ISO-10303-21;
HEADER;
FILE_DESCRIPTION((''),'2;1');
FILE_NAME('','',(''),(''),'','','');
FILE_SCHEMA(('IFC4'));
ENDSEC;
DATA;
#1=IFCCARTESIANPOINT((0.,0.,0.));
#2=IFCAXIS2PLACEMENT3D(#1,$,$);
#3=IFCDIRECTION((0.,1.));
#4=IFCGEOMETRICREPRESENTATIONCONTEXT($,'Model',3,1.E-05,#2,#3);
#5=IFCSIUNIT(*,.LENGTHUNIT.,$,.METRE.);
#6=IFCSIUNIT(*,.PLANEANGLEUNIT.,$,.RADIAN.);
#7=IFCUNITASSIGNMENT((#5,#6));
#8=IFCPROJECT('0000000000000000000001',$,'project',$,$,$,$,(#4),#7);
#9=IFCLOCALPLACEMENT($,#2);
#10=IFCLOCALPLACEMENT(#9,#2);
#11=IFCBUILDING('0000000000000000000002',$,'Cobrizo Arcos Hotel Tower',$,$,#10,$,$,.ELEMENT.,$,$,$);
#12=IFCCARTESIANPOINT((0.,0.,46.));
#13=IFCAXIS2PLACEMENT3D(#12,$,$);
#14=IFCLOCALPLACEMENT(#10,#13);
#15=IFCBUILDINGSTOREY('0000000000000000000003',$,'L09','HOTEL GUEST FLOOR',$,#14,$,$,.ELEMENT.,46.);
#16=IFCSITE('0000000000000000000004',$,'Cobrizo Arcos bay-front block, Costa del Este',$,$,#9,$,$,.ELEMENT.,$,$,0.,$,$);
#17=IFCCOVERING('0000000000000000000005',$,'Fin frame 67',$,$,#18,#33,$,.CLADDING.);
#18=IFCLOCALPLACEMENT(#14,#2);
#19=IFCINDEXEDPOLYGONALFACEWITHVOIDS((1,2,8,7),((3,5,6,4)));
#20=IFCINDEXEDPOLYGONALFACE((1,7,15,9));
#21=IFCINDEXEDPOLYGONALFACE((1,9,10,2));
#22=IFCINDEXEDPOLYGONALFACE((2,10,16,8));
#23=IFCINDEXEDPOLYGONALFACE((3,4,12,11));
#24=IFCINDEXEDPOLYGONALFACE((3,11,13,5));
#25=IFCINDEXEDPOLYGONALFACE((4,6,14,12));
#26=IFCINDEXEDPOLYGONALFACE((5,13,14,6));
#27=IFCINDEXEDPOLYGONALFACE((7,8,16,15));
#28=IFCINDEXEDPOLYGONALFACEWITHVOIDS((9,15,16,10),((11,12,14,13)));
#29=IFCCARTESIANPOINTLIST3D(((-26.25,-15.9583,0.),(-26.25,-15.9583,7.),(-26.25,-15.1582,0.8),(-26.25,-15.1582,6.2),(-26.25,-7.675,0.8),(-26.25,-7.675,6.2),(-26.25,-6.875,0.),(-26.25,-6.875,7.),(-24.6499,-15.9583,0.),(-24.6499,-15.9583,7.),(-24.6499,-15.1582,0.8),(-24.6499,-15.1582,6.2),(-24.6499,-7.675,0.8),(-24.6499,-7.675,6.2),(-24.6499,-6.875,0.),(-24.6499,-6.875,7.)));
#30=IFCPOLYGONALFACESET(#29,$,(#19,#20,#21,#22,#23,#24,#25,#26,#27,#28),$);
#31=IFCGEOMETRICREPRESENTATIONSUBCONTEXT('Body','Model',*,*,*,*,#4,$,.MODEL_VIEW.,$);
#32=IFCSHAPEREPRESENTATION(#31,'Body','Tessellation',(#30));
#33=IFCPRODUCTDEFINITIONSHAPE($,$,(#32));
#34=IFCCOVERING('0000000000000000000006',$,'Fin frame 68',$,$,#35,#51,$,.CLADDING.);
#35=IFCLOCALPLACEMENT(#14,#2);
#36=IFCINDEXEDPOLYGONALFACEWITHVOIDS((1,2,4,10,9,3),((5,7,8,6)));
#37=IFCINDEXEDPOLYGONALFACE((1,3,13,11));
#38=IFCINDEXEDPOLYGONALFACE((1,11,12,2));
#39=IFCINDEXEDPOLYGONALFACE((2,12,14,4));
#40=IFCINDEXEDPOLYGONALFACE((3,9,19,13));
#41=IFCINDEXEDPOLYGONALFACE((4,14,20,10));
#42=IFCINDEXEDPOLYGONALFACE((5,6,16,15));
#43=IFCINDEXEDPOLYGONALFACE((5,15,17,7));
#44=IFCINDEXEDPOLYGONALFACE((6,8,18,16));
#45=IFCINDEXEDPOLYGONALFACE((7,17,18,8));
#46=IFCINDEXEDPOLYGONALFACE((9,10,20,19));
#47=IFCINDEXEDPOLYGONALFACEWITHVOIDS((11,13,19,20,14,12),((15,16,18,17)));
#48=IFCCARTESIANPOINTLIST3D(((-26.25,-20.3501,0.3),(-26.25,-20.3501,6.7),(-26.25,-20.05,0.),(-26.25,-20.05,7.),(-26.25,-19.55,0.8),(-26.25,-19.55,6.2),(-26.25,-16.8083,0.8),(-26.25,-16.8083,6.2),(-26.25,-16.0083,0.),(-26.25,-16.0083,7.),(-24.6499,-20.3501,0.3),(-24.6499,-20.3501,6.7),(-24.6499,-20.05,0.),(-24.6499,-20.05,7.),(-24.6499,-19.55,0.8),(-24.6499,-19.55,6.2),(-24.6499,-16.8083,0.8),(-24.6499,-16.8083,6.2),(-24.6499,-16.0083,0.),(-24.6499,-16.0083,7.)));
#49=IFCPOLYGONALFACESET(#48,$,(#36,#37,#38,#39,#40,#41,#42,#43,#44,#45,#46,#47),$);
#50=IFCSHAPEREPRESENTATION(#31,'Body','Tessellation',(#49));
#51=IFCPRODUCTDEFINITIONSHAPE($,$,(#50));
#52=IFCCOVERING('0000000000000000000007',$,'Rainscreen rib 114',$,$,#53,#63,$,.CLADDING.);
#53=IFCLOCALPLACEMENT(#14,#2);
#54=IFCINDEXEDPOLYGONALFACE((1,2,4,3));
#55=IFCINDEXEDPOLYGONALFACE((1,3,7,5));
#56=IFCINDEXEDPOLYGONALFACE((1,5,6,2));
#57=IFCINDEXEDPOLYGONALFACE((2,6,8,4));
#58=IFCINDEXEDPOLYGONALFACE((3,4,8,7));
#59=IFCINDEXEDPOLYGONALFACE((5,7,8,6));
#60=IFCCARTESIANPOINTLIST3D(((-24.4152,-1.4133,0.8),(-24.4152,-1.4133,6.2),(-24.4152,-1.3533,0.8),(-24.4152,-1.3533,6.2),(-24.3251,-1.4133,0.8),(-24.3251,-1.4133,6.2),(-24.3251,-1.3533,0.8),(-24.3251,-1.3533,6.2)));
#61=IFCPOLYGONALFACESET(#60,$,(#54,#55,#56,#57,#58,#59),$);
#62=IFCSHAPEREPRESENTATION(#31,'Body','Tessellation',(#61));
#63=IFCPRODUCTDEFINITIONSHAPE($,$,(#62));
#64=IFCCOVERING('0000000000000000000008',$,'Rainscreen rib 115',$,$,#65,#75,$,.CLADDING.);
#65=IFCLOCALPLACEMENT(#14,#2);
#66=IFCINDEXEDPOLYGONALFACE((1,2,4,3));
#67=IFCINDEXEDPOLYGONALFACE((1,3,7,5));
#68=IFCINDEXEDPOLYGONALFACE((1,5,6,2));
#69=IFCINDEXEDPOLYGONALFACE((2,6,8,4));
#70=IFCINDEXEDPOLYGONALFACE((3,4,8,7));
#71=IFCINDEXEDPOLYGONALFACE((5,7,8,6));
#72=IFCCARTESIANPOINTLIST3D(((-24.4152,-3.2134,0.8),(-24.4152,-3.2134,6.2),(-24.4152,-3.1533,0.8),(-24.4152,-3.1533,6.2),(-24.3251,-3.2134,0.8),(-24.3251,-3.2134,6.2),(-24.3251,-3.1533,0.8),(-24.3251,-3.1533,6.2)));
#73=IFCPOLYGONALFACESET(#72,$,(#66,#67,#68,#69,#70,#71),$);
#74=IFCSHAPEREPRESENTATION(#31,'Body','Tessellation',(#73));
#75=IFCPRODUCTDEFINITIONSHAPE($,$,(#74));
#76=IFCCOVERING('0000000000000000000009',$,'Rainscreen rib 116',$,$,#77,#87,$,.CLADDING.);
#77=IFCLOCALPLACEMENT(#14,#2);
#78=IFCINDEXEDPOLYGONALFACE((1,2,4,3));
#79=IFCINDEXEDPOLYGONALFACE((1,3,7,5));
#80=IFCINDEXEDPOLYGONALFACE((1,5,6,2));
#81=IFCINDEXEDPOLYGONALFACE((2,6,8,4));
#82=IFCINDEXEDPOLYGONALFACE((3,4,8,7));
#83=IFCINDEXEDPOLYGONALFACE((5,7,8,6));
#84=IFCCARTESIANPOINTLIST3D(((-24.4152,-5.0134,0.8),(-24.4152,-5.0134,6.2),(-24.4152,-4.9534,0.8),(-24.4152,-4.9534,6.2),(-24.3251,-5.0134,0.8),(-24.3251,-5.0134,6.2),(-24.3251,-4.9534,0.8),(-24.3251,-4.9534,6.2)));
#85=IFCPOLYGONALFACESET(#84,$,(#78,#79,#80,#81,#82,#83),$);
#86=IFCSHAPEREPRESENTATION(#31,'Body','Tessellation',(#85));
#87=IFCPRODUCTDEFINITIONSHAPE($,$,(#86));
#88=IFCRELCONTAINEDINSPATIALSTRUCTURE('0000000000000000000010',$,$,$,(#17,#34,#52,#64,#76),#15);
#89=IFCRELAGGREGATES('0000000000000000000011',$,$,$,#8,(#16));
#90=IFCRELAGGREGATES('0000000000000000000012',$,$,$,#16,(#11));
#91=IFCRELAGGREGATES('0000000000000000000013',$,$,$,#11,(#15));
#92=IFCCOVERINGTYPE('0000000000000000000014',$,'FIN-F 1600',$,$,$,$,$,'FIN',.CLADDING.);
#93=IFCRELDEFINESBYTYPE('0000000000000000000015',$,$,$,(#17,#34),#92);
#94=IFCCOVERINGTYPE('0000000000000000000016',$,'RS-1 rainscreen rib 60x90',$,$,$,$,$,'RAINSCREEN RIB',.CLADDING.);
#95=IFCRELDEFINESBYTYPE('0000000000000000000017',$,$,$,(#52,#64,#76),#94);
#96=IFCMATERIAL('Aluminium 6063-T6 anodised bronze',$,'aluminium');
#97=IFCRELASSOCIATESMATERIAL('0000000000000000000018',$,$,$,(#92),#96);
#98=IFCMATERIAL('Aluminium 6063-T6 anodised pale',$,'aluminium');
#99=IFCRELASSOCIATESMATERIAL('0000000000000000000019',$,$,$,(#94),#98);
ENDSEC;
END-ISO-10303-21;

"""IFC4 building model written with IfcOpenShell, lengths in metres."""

from ifc_helpers import new_model, si_unit, direction, frame, origin, origin_2d, place, context, subcontext, project, spatial, polyline, rectangle, outline, extrude, material, type_object, element, save


model = new_model("IFC4")

# Units and contexts
model_context = context("Model", 3, precision=1e-05, world=origin(), true_north=direction((0.0, 1.0)))
body_context = subcontext(model_context, "Body", "Model", "MODEL_VIEW")
ifc_project = project(units=[si_unit("LENGTHUNIT", "METRE"), si_unit("PLANEANGLEUNIT", "RADIAN")], contexts=[model_context])

# Site, building, storey
site_placement = place(None, origin())
site = spatial("IfcSite", under=ifc_project, at=site_placement, Name="Cobrizo Arcos bay-front block, Costa del Este", CompositionType="ELEMENT", RefElevation=0.0)
building_placement = place(site_placement, origin())
building = spatial("IfcBuilding", under=site, at=building_placement, Name="Cobrizo Arcos Hotel Tower", CompositionType="ELEMENT")
storey_placement = place(building_placement, frame((0.0, 0.0, 46.0)))
storey = spatial("IfcBuildingStorey", under=building, at=storey_placement, Name="L09", Description="HOTEL GUEST FLOOR", CompositionType="ELEMENT", Elevation=46.0)

# Shared definitions
ifc_material_1 = material(Name="Aluminium 6063-T6 anodised bronze", Category="aluminium")

# Coverings
covering_type_1 = type_object("IfcCoveringType", Name="FIN-F 1600", ElementType="FIN", PredefinedType="CLADDING", material=ifc_material_1)
covering_1_placement = place(storey_placement, frame((-24.6499, -6.875, 0.0), z_axis=(-1.0, 0.0, 0.0), x_axis=(0.0, -1.0, 0.0)))
element("IfcCovering", 1, at=covering_1_placement, inside=storey, type_object=covering_type_1, Name="Fin frame 67", PredefinedType="CLADDING", context=body_context, shape_type="SweptSolid", body=[
    extrude(outline(polyline([(0.0, 7.0), (0.0, 0.0), (9.0833, 0.0), (9.0833, 7.0), (0.0, 7.0)]), holes=[polyline([(8.2832, 0.8), (0.8, 0.8), (0.8, 6.2), (8.2832, 6.2), (8.2832, 0.8)])]), origin(), (0.0, 0.0, 1.0), 1.6001),
])
covering_2_placement = place(storey_placement, frame((-24.6499, -16.0083, 0.0), z_axis=(-1.0, 0.0, 0.0), x_axis=(0.0, -1.0, 0.0)))
element("IfcCovering", 2, at=covering_2_placement, inside=storey, type_object=covering_type_1, Name="Fin frame 68", PredefinedType="CLADDING", context=body_context, shape_type="SweptSolid", body=[
    extrude(outline(polyline([(0.0, 7.0), (0.0, 0.0), (4.0417, 0.0), (4.3418, 0.3), (4.3418, 6.7), (4.0417, 7.0), (0.0, 7.0)]), holes=[polyline([(3.5417, 0.8), (0.8, 0.8), (0.8, 6.2), (3.5417, 6.2), (3.5417, 0.8)])]), origin(), (0.0, 0.0, 1.0), 1.6001),
])
ifc_material_2 = material(Name="Aluminium 6063-T6 anodised pale", Category="aluminium")
covering_type_2 = type_object("IfcCoveringType", Name="RS-1 rainscreen rib 60x90", ElementType="RAINSCREEN RIB", PredefinedType="CLADDING", material=ifc_material_2)
for number, where, z_axis, x_axis, name in (
    (3, (-24.3701, -1.3833, 0.8), (0.0, 0.0, 1.0), (0.0, -1.0, 0.0), "Rainscreen rib 114"),
    (4, (-24.3701, -3.1833, 0.8), (0.0, 0.0, 1.0), (0.0, -1.0, 0.0), "Rainscreen rib 115"),
    (5, (-24.3701, -4.9834, 0.8), (0.0, 0.0, 1.0), (0.0, -1.0, 0.0), "Rainscreen rib 116"),
):
    element("IfcCovering", number, at=place(storey_placement, frame(where, z_axis=z_axis, x_axis=x_axis)), inside=storey, type_object=covering_type_2, Name=name, PredefinedType="CLADDING", context=body_context, shape_type="SweptSolid", body=[
        extrude(rectangle(XDim=0.0601, YDim=0.0901, at=origin_2d()), origin(), (0.0, 0.0, 1.0), 5.3999),
    ])

save(model, "model.ifc")
